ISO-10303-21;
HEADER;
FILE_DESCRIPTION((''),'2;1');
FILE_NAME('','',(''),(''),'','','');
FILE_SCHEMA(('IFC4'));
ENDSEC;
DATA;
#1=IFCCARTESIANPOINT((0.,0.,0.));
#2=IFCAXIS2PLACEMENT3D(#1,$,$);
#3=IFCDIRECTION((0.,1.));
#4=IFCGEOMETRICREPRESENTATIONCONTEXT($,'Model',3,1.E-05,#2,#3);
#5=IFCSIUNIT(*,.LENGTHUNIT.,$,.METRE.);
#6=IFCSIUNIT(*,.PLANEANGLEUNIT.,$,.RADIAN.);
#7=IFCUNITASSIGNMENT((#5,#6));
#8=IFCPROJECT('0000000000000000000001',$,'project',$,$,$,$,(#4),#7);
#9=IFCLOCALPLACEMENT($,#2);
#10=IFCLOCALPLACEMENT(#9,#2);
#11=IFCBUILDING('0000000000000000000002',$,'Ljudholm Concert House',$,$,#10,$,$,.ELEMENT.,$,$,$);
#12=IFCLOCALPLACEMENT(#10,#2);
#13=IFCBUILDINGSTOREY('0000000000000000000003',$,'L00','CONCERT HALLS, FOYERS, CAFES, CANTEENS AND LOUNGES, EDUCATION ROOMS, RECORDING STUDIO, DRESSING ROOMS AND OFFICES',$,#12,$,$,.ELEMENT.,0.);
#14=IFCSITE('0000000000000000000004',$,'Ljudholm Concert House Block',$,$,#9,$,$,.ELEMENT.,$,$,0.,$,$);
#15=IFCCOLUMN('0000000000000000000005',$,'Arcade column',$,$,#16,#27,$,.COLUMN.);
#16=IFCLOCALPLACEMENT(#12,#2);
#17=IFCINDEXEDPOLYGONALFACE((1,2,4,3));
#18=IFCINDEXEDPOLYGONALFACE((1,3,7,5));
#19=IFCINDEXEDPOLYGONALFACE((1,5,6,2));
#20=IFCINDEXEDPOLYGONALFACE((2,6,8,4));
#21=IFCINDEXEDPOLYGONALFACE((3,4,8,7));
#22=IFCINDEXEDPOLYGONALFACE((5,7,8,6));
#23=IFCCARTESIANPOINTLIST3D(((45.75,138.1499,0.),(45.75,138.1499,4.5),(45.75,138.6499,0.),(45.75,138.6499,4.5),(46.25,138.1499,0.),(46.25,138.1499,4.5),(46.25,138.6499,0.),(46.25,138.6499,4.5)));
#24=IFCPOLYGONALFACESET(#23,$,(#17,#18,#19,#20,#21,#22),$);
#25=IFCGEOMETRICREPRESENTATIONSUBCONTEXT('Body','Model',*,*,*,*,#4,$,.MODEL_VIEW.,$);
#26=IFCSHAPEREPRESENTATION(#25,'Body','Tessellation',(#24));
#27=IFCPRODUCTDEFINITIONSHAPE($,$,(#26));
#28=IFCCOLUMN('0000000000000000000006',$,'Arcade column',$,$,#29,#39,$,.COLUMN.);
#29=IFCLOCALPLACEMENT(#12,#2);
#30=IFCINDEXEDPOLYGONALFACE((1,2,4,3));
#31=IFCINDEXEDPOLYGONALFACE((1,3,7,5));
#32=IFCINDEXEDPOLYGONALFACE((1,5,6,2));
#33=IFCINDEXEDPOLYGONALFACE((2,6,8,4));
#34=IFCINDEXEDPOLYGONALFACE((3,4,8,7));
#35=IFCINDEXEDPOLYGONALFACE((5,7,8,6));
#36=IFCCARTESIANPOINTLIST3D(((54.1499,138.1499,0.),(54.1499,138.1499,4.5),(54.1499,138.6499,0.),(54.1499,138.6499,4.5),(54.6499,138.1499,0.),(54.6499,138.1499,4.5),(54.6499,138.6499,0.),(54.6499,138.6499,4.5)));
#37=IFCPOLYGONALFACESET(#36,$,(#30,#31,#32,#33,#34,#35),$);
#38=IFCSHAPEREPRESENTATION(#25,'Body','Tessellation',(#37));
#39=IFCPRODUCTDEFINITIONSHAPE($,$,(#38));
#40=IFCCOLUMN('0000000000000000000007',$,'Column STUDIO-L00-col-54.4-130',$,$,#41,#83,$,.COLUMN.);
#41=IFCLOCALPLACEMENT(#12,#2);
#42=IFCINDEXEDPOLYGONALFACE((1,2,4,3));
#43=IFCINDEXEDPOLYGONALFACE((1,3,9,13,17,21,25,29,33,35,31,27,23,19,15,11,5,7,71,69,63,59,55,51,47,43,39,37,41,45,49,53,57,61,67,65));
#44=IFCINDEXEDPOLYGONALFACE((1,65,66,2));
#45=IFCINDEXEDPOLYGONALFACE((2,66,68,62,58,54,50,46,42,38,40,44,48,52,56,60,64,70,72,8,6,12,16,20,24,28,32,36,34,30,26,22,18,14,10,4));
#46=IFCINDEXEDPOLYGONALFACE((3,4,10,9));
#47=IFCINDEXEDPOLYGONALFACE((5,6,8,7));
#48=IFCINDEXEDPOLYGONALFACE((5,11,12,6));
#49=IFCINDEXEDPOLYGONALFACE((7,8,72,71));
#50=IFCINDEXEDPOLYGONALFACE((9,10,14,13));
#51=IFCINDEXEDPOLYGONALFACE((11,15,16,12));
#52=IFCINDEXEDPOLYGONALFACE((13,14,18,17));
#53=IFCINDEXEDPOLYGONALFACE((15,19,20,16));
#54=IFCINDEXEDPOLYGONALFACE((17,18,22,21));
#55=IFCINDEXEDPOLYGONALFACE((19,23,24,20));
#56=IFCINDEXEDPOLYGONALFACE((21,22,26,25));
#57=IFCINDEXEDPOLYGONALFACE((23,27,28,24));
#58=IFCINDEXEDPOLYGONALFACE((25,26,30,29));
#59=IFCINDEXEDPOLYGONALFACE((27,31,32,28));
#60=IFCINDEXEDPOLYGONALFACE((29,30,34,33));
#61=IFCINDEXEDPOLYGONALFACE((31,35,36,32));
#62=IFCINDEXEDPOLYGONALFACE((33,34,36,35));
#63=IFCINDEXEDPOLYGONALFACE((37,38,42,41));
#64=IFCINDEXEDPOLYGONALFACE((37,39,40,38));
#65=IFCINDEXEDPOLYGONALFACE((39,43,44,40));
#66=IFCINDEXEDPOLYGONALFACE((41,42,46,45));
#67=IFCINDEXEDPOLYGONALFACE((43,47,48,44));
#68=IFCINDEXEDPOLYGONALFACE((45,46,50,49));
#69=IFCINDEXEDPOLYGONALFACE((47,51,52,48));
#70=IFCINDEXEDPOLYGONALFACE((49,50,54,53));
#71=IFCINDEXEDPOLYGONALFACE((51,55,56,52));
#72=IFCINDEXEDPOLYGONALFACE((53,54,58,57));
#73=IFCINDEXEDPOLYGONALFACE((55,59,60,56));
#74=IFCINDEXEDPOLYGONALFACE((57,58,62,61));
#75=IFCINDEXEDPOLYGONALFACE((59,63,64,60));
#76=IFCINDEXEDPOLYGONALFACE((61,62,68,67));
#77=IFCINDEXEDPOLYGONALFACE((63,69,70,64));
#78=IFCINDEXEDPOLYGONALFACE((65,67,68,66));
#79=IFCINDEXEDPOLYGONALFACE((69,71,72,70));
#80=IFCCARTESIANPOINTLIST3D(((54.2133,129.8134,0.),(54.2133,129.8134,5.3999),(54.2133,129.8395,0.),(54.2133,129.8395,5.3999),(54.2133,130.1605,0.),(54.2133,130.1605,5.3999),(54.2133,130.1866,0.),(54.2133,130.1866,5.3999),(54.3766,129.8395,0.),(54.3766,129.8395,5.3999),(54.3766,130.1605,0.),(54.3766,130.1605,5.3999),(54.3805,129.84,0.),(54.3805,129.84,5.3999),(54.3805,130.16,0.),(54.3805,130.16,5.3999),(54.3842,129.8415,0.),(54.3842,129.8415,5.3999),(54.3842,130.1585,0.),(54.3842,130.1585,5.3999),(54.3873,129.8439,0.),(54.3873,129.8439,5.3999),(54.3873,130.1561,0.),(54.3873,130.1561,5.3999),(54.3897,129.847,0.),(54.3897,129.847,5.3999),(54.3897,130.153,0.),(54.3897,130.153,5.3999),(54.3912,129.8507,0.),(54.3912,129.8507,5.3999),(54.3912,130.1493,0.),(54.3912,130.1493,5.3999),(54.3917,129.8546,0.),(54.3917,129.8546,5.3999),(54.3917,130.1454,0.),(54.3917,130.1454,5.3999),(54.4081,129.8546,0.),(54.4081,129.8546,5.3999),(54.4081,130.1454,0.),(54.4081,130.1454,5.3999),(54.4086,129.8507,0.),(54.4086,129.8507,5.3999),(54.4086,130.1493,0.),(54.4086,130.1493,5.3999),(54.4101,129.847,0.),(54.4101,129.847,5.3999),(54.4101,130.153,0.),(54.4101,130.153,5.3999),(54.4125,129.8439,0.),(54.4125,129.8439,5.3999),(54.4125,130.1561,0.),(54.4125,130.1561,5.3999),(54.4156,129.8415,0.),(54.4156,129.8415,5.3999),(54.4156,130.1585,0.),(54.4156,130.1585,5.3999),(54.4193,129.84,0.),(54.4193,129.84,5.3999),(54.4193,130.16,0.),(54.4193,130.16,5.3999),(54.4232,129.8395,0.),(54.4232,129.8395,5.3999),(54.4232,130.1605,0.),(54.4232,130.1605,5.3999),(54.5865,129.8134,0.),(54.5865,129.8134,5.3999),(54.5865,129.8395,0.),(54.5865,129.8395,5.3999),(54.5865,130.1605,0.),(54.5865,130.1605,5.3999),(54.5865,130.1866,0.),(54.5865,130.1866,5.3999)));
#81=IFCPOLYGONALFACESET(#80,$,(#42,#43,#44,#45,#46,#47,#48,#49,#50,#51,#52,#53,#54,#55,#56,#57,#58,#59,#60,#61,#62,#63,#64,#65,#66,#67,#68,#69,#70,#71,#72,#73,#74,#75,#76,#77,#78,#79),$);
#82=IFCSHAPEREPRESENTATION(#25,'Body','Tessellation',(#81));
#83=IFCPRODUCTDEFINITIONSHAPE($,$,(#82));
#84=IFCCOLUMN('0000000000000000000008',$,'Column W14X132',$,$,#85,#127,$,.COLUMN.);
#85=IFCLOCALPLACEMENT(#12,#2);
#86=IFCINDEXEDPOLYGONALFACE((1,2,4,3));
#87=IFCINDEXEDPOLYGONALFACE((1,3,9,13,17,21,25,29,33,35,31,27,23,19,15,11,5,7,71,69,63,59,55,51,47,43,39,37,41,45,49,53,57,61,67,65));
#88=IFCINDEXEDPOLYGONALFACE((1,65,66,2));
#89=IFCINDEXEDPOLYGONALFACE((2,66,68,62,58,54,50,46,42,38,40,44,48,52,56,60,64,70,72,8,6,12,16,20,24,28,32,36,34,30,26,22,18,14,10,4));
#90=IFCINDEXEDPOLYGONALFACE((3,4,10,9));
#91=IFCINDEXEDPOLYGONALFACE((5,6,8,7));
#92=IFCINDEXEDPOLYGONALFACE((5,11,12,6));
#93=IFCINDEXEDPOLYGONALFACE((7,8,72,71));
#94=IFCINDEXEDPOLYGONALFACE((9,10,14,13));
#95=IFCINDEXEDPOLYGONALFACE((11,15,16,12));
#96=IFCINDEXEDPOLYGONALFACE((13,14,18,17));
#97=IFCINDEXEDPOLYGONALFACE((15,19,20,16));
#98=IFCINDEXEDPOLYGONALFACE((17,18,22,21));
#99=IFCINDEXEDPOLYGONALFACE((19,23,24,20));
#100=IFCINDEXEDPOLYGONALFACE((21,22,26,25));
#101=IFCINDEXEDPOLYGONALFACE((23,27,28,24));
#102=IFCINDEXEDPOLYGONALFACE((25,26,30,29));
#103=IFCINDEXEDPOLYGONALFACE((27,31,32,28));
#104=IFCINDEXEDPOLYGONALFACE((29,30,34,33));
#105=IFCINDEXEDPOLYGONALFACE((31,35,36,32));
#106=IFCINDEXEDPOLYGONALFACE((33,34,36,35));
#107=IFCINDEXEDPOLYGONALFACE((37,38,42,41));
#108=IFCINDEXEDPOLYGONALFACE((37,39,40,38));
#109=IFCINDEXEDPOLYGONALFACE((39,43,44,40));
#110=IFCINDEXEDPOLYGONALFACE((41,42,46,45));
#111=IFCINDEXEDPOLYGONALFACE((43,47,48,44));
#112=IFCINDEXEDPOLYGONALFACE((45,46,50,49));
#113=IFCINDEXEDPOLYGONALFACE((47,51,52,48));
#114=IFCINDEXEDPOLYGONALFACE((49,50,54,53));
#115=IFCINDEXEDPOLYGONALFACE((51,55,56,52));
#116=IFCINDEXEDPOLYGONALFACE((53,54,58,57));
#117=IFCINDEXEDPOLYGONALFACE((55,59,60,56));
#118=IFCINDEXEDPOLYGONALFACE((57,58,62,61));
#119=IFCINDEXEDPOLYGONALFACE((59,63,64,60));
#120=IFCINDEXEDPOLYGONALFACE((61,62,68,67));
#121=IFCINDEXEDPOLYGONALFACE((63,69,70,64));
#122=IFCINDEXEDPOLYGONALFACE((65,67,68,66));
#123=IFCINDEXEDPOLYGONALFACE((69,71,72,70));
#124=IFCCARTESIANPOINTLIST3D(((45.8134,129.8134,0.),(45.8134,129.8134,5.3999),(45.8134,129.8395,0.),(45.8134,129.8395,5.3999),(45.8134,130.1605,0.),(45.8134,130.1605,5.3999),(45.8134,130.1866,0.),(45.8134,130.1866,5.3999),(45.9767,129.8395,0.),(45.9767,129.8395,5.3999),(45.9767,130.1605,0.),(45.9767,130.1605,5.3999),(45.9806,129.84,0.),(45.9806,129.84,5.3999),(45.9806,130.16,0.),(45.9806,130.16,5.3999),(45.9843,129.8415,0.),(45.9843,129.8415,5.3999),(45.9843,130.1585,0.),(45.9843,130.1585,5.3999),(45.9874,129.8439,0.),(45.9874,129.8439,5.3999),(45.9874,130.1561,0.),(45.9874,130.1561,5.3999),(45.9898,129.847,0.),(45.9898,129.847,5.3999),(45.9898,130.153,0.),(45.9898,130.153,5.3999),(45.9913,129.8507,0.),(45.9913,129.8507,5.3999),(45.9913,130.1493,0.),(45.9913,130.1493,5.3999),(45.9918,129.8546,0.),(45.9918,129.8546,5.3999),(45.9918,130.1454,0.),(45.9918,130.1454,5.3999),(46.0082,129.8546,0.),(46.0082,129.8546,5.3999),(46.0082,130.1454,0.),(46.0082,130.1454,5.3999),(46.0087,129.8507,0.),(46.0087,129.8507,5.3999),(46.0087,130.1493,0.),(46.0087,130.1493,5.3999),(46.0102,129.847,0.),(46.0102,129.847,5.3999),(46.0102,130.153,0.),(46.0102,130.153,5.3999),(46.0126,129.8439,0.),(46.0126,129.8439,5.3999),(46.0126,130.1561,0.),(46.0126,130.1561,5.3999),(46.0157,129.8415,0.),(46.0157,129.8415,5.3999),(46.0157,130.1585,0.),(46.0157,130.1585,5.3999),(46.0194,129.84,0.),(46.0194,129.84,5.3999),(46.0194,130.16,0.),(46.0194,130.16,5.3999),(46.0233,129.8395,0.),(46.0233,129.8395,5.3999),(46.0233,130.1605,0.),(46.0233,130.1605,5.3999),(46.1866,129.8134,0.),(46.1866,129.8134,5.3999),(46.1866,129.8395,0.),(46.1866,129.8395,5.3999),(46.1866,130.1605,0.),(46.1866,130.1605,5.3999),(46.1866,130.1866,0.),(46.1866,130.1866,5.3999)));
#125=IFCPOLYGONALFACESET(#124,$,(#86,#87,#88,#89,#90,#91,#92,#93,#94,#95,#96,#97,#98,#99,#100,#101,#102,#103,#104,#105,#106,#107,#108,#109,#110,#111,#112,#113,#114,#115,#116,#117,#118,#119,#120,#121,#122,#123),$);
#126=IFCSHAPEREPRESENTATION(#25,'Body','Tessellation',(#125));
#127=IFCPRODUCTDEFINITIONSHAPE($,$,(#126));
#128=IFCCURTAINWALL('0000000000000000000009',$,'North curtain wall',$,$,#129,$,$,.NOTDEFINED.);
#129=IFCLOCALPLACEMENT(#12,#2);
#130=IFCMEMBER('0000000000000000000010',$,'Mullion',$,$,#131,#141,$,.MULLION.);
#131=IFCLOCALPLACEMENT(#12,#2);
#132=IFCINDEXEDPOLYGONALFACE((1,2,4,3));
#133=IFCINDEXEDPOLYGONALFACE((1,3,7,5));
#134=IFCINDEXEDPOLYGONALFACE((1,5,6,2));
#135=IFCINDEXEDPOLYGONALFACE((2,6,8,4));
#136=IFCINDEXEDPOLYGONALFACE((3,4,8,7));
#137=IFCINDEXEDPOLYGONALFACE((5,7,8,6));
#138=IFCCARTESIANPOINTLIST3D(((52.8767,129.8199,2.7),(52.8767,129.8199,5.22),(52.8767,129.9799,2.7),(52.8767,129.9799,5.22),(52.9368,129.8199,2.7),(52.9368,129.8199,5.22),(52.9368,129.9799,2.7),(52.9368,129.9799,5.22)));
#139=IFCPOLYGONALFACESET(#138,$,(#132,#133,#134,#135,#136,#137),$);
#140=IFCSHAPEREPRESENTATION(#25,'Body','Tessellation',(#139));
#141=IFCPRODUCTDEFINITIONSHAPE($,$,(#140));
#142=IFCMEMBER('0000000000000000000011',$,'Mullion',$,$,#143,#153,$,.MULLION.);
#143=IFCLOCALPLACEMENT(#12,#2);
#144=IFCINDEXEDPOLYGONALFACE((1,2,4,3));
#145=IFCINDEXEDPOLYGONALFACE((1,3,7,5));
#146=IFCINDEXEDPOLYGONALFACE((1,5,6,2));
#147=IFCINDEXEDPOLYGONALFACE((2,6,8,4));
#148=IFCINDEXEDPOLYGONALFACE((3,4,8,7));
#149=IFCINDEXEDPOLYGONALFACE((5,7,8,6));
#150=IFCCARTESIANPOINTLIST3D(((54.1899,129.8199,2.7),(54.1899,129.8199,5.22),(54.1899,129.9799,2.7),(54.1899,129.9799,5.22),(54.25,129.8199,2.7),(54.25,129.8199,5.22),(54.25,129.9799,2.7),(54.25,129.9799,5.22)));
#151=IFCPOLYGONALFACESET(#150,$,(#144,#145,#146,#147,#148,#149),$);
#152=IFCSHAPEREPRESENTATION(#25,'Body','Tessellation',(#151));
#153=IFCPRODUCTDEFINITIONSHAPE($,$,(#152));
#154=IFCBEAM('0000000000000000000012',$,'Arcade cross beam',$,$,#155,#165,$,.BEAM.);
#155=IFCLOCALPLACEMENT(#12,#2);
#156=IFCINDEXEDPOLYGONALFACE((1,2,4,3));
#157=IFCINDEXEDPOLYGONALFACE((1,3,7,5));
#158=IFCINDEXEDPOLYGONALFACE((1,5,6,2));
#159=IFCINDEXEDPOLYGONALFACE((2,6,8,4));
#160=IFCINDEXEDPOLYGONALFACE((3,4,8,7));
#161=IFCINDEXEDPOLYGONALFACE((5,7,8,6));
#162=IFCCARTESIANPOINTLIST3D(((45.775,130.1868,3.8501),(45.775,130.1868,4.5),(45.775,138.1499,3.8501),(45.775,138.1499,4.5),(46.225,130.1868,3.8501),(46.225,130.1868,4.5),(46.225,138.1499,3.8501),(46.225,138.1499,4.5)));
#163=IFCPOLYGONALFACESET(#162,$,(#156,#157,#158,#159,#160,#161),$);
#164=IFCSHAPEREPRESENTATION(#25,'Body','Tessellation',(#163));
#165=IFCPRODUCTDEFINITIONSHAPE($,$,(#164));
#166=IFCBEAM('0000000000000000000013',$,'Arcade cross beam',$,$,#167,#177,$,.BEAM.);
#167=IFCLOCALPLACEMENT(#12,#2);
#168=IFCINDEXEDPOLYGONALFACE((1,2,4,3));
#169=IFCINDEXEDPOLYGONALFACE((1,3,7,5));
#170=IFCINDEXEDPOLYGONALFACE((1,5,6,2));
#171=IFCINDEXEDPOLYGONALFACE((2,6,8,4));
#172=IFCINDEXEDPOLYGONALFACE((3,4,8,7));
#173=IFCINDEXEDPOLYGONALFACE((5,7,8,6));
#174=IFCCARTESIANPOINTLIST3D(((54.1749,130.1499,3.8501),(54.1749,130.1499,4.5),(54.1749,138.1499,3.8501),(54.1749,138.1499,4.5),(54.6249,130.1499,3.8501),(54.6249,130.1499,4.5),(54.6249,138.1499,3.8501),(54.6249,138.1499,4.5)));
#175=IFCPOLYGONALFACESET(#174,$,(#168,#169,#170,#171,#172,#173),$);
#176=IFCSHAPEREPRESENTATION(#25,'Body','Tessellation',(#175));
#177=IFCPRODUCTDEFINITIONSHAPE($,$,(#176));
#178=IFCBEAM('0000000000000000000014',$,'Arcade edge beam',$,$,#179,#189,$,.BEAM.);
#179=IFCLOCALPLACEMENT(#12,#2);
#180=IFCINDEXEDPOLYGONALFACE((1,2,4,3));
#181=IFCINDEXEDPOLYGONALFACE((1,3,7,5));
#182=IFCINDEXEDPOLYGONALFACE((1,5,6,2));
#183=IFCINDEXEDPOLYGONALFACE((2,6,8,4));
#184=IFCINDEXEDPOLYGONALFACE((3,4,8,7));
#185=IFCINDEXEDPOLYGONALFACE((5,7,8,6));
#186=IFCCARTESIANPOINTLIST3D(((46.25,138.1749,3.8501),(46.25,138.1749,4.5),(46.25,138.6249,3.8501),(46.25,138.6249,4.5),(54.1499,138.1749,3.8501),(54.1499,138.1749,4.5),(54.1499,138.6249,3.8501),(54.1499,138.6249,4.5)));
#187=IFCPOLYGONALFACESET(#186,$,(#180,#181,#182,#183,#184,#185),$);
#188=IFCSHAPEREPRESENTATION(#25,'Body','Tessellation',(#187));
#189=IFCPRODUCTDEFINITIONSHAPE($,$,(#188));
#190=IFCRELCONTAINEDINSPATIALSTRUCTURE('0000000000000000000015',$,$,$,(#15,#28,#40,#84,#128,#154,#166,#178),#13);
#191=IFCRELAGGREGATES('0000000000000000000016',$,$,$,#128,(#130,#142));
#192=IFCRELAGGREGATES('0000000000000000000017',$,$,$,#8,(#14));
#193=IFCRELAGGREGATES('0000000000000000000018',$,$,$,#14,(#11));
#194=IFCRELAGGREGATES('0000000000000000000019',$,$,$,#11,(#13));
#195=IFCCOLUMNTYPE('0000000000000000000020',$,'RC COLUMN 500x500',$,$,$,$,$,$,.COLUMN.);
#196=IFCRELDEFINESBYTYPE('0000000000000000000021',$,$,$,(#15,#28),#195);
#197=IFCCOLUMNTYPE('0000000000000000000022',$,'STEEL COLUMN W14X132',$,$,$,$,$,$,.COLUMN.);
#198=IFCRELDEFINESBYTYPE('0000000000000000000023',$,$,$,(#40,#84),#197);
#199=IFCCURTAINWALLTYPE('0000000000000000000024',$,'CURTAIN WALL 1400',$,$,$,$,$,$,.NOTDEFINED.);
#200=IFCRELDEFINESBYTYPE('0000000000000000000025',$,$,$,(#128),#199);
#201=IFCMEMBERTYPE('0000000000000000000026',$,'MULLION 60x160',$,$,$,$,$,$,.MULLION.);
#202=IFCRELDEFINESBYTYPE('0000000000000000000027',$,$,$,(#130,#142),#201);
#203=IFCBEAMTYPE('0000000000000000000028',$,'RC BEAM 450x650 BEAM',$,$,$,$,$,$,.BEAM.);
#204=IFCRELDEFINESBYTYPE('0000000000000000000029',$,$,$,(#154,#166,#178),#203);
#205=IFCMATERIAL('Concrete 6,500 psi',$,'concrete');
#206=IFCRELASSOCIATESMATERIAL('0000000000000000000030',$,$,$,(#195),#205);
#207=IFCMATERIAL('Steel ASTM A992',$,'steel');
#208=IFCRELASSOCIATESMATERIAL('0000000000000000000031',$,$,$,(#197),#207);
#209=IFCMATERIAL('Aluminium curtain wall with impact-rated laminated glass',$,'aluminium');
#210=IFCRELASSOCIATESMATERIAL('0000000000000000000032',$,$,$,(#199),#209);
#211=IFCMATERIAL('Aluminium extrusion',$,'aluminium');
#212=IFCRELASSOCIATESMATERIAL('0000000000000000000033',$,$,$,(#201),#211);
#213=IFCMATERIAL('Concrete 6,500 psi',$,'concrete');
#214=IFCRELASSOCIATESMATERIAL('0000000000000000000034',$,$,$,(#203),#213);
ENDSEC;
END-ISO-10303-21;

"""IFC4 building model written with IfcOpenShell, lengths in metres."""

from ifc_helpers import new_model, si_unit, direction, frame, origin, origin_2d, place, context, subcontext, project, spatial, rectangle, i_section, extrude, material, material_profile, profile_set, type_object, element, aggregate, save


model = new_model("IFC4")

# Units and contexts
model_context = context("Model", 3, precision=1e-05, world=origin(), true_north=direction((0.0, 1.0)))
body_context = subcontext(model_context, "Body", "Model", "MODEL_VIEW")
ifc_project = project(units=[si_unit("LENGTHUNIT", "METRE"), si_unit("PLANEANGLEUNIT", "RADIAN")], contexts=[model_context])

# Site, building, storey
site_placement = place(None, origin())
site = spatial("IfcSite", under=ifc_project, at=site_placement, Name="Ljudholm Concert House Block", CompositionType="ELEMENT", RefElevation=0.0)
building_placement = place(site_placement, origin())
building = spatial("IfcBuilding", under=site, at=building_placement, Name="Ljudholm Concert House", CompositionType="ELEMENT")
storey_placement = place(building_placement, origin())
storey = spatial("IfcBuildingStorey", under=building, at=storey_placement, Name="L00", Description="CONCERT HALLS, FOYERS, CAFES, CANTEENS AND LOUNGES, EDUCATION ROOMS, RECORDING STUDIO, DRESSING ROOMS AND OFFICES", CompositionType="ELEMENT", Elevation=0.0)

# Columns
ifc_material_1 = material(Name="Concrete 6,500 psi", Category="concrete")
ifc_material_profile_1 = material_profile(ifc_material_1, rectangle(XDim=0.5, YDim=0.5, at=origin_2d()), Name="RC COLUMN 500x500")
ifc_profile_set_1 = profile_set([ifc_material_profile_1], Name="Concrete 6,500 psi")
column_type_1 = type_object("IfcColumnType", Name="RC COLUMN 500x500", PredefinedType="COLUMN", material=ifc_profile_set_1)
for number, where, z_axis, x_axis, name in (
    (1, (46.0, 138.3999, 0.0), (0.0, 0.0, 1.0), (1.0, 0.0, 0.0), "Arcade column"),
    (2, (54.3999, 138.3999, 0.0), (0.0, 0.0, 1.0), (1.0, 0.0, 0.0), "Arcade column"),
):
    element("IfcColumn", number, at=place(storey_placement, frame(where, z_axis=z_axis, x_axis=x_axis)), inside=storey, type_object=column_type_1, Name=name, PredefinedType="COLUMN", context=body_context, shape_type="SweptSolid", body=[
        extrude(rectangle(XDim=0.5, YDim=0.5, at=origin_2d()), origin(), (0.0, 0.0, 1.0), 4.5),
    ])
ifc_material_2 = material(Name="Steel ASTM A992", Category="steel")
ifc_material_profile_2 = material_profile(ifc_material_2, i_section(OverallWidth=0.3733, OverallDepth=0.3733, WebThickness=0.0164, FlangeThickness=0.0261, FilletRadius=0.0151, at=origin_2d()), Name="W14X132")
ifc_profile_set_2 = profile_set([ifc_material_profile_2], Name="Steel ASTM A992")
column_type_2 = type_object("IfcColumnType", Name="STEEL COLUMN W14X132", PredefinedType="COLUMN", material=ifc_profile_set_2)
for number, where, z_axis, x_axis, name in (
    (3, (54.3999, 130.0, 0.0), (0.0, 0.0, 1.0), (1.0, 0.0, 0.0), "Column STUDIO-L00-col-54.4-130"),
    (4, (46.0, 130.0, 0.0), (0.0, 0.0, 1.0), (1.0, 0.0, 0.0), "Column W14X132"),
):
    element("IfcColumn", number, at=place(storey_placement, frame(where, z_axis=z_axis, x_axis=x_axis)), inside=storey, type_object=column_type_2, Name=name, PredefinedType="COLUMN", context=body_context, shape_type="SweptSolid", body=[
        extrude(i_section(OverallWidth=0.3733, OverallDepth=0.3733, WebThickness=0.0164, FlangeThickness=0.0261, FilletRadius=0.0151, at=origin_2d()), origin(), (0.0, 0.0, 1.0), 5.3999),
    ])

# Curtain wall, members
ifc_material_3 = material(Name="Aluminium curtain wall with impact-rated laminated glass", Category="aluminium")
curtain_wall_type = type_object("IfcCurtainWallType", Name="CURTAIN WALL 1400", PredefinedType="NOTDEFINED", material=ifc_material_3)
curtain_wall_placement = place(storey_placement, origin())
curtain_wall = element("IfcCurtainWall", 5, at=curtain_wall_placement, inside=storey, type_object=curtain_wall_type, Name="North curtain wall", PredefinedType="NOTDEFINED")
ifc_material_4 = material(Name="Aluminium extrusion", Category="aluminium")
ifc_material_profile_3 = material_profile(ifc_material_4, rectangle(XDim=0.1599, YDim=0.0601, at=origin_2d()), Name="MULLION 60x160")
ifc_profile_set_3 = profile_set([ifc_material_profile_3], Name="Aluminium extrusion")
member_type_1 = type_object("IfcMemberType", Name="MULLION 60x160", PredefinedType="MULLION", material=ifc_profile_set_3)
member_1_placement = place(storey_placement, frame((52.9067, 129.8999, 2.7), z_axis=(0.0, 0.0, 1.0), x_axis=(0.0, 1.0, 0.0)))
member_1 = element("IfcMember", 6, at=member_1_placement, type_object=member_type_1, Name="Mullion", PredefinedType="MULLION", context=body_context, shape_type="SweptSolid", body=[
    extrude(rectangle(XDim=0.1599, YDim=0.0601, at=origin_2d()), origin(), (0.0, 0.0, 1.0), 2.52),
])
member_2_placement = place(storey_placement, frame((54.22, 129.8999, 2.7), z_axis=(0.0, 0.0, 1.0), x_axis=(0.0, 1.0, 0.0)))
member_2 = element("IfcMember", 7, at=member_2_placement, type_object=member_type_1, Name="Mullion", PredefinedType="MULLION", context=body_context, shape_type="SweptSolid", body=[
    extrude(rectangle(XDim=0.1599, YDim=0.0601, at=origin_2d()), origin(), (0.0, 0.0, 1.0), 2.52),
])

# Beams
ifc_material_5 = material(Name="Concrete 6,500 psi", Category="concrete")
ifc_material_profile_4 = material_profile(ifc_material_5, rectangle(XDim=0.45, YDim=0.6499, at=origin_2d()), Name="RC BEAM 450x650 BEAM")
ifc_profile_set_4 = profile_set([ifc_material_profile_4], Name="Concrete 6,500 psi")
beam_type = type_object("IfcBeamType", Name="RC BEAM 450x650 BEAM", PredefinedType="BEAM", material=ifc_profile_set_4)
beam_1_placement = place(storey_placement, frame((46.0, 138.1499, 4.175), z_axis=(0.0, -1.0, 0.0), x_axis=(1.0, 0.0, 0.0)))
element("IfcBeam", 8, at=beam_1_placement, inside=storey, type_object=beam_type, Name="Arcade cross beam", PredefinedType="BEAM", context=body_context, shape_type="SweptSolid", body=[
    extrude(rectangle(XDim=0.45, YDim=0.6499, at=origin_2d()), origin(), (0.0, 0.0, 1.0), 7.9631),
])
beam_2_placement = place(storey_placement, frame((54.3999, 138.1499, 4.175), z_axis=(0.0, -1.0, 0.0), x_axis=(1.0, 0.0, 0.0)))
element("IfcBeam", 9, at=beam_2_placement, inside=storey, type_object=beam_type, Name="Arcade cross beam", PredefinedType="BEAM", context=body_context, shape_type="SweptSolid", body=[
    extrude(rectangle(XDim=0.45, YDim=0.6499, at=origin_2d()), origin(), (0.0, 0.0, 1.0), 8.0),
])
beam_3_placement = place(storey_placement, frame((46.25, 138.3999, 4.175), z_axis=(1.0, 0.0, 0.0), x_axis=(0.0, 1.0, 0.0)))
element("IfcBeam", 10, at=beam_3_placement, inside=storey, type_object=beam_type, Name="Arcade edge beam", PredefinedType="BEAM", context=body_context, shape_type="SweptSolid", body=[
    extrude(rectangle(XDim=0.45, YDim=0.6499, at=origin_2d()), origin(), (0.0, 0.0, 1.0), 7.8999),
])

aggregate(curtain_wall, [member_1, member_2])

save(model, "model.ifc")
